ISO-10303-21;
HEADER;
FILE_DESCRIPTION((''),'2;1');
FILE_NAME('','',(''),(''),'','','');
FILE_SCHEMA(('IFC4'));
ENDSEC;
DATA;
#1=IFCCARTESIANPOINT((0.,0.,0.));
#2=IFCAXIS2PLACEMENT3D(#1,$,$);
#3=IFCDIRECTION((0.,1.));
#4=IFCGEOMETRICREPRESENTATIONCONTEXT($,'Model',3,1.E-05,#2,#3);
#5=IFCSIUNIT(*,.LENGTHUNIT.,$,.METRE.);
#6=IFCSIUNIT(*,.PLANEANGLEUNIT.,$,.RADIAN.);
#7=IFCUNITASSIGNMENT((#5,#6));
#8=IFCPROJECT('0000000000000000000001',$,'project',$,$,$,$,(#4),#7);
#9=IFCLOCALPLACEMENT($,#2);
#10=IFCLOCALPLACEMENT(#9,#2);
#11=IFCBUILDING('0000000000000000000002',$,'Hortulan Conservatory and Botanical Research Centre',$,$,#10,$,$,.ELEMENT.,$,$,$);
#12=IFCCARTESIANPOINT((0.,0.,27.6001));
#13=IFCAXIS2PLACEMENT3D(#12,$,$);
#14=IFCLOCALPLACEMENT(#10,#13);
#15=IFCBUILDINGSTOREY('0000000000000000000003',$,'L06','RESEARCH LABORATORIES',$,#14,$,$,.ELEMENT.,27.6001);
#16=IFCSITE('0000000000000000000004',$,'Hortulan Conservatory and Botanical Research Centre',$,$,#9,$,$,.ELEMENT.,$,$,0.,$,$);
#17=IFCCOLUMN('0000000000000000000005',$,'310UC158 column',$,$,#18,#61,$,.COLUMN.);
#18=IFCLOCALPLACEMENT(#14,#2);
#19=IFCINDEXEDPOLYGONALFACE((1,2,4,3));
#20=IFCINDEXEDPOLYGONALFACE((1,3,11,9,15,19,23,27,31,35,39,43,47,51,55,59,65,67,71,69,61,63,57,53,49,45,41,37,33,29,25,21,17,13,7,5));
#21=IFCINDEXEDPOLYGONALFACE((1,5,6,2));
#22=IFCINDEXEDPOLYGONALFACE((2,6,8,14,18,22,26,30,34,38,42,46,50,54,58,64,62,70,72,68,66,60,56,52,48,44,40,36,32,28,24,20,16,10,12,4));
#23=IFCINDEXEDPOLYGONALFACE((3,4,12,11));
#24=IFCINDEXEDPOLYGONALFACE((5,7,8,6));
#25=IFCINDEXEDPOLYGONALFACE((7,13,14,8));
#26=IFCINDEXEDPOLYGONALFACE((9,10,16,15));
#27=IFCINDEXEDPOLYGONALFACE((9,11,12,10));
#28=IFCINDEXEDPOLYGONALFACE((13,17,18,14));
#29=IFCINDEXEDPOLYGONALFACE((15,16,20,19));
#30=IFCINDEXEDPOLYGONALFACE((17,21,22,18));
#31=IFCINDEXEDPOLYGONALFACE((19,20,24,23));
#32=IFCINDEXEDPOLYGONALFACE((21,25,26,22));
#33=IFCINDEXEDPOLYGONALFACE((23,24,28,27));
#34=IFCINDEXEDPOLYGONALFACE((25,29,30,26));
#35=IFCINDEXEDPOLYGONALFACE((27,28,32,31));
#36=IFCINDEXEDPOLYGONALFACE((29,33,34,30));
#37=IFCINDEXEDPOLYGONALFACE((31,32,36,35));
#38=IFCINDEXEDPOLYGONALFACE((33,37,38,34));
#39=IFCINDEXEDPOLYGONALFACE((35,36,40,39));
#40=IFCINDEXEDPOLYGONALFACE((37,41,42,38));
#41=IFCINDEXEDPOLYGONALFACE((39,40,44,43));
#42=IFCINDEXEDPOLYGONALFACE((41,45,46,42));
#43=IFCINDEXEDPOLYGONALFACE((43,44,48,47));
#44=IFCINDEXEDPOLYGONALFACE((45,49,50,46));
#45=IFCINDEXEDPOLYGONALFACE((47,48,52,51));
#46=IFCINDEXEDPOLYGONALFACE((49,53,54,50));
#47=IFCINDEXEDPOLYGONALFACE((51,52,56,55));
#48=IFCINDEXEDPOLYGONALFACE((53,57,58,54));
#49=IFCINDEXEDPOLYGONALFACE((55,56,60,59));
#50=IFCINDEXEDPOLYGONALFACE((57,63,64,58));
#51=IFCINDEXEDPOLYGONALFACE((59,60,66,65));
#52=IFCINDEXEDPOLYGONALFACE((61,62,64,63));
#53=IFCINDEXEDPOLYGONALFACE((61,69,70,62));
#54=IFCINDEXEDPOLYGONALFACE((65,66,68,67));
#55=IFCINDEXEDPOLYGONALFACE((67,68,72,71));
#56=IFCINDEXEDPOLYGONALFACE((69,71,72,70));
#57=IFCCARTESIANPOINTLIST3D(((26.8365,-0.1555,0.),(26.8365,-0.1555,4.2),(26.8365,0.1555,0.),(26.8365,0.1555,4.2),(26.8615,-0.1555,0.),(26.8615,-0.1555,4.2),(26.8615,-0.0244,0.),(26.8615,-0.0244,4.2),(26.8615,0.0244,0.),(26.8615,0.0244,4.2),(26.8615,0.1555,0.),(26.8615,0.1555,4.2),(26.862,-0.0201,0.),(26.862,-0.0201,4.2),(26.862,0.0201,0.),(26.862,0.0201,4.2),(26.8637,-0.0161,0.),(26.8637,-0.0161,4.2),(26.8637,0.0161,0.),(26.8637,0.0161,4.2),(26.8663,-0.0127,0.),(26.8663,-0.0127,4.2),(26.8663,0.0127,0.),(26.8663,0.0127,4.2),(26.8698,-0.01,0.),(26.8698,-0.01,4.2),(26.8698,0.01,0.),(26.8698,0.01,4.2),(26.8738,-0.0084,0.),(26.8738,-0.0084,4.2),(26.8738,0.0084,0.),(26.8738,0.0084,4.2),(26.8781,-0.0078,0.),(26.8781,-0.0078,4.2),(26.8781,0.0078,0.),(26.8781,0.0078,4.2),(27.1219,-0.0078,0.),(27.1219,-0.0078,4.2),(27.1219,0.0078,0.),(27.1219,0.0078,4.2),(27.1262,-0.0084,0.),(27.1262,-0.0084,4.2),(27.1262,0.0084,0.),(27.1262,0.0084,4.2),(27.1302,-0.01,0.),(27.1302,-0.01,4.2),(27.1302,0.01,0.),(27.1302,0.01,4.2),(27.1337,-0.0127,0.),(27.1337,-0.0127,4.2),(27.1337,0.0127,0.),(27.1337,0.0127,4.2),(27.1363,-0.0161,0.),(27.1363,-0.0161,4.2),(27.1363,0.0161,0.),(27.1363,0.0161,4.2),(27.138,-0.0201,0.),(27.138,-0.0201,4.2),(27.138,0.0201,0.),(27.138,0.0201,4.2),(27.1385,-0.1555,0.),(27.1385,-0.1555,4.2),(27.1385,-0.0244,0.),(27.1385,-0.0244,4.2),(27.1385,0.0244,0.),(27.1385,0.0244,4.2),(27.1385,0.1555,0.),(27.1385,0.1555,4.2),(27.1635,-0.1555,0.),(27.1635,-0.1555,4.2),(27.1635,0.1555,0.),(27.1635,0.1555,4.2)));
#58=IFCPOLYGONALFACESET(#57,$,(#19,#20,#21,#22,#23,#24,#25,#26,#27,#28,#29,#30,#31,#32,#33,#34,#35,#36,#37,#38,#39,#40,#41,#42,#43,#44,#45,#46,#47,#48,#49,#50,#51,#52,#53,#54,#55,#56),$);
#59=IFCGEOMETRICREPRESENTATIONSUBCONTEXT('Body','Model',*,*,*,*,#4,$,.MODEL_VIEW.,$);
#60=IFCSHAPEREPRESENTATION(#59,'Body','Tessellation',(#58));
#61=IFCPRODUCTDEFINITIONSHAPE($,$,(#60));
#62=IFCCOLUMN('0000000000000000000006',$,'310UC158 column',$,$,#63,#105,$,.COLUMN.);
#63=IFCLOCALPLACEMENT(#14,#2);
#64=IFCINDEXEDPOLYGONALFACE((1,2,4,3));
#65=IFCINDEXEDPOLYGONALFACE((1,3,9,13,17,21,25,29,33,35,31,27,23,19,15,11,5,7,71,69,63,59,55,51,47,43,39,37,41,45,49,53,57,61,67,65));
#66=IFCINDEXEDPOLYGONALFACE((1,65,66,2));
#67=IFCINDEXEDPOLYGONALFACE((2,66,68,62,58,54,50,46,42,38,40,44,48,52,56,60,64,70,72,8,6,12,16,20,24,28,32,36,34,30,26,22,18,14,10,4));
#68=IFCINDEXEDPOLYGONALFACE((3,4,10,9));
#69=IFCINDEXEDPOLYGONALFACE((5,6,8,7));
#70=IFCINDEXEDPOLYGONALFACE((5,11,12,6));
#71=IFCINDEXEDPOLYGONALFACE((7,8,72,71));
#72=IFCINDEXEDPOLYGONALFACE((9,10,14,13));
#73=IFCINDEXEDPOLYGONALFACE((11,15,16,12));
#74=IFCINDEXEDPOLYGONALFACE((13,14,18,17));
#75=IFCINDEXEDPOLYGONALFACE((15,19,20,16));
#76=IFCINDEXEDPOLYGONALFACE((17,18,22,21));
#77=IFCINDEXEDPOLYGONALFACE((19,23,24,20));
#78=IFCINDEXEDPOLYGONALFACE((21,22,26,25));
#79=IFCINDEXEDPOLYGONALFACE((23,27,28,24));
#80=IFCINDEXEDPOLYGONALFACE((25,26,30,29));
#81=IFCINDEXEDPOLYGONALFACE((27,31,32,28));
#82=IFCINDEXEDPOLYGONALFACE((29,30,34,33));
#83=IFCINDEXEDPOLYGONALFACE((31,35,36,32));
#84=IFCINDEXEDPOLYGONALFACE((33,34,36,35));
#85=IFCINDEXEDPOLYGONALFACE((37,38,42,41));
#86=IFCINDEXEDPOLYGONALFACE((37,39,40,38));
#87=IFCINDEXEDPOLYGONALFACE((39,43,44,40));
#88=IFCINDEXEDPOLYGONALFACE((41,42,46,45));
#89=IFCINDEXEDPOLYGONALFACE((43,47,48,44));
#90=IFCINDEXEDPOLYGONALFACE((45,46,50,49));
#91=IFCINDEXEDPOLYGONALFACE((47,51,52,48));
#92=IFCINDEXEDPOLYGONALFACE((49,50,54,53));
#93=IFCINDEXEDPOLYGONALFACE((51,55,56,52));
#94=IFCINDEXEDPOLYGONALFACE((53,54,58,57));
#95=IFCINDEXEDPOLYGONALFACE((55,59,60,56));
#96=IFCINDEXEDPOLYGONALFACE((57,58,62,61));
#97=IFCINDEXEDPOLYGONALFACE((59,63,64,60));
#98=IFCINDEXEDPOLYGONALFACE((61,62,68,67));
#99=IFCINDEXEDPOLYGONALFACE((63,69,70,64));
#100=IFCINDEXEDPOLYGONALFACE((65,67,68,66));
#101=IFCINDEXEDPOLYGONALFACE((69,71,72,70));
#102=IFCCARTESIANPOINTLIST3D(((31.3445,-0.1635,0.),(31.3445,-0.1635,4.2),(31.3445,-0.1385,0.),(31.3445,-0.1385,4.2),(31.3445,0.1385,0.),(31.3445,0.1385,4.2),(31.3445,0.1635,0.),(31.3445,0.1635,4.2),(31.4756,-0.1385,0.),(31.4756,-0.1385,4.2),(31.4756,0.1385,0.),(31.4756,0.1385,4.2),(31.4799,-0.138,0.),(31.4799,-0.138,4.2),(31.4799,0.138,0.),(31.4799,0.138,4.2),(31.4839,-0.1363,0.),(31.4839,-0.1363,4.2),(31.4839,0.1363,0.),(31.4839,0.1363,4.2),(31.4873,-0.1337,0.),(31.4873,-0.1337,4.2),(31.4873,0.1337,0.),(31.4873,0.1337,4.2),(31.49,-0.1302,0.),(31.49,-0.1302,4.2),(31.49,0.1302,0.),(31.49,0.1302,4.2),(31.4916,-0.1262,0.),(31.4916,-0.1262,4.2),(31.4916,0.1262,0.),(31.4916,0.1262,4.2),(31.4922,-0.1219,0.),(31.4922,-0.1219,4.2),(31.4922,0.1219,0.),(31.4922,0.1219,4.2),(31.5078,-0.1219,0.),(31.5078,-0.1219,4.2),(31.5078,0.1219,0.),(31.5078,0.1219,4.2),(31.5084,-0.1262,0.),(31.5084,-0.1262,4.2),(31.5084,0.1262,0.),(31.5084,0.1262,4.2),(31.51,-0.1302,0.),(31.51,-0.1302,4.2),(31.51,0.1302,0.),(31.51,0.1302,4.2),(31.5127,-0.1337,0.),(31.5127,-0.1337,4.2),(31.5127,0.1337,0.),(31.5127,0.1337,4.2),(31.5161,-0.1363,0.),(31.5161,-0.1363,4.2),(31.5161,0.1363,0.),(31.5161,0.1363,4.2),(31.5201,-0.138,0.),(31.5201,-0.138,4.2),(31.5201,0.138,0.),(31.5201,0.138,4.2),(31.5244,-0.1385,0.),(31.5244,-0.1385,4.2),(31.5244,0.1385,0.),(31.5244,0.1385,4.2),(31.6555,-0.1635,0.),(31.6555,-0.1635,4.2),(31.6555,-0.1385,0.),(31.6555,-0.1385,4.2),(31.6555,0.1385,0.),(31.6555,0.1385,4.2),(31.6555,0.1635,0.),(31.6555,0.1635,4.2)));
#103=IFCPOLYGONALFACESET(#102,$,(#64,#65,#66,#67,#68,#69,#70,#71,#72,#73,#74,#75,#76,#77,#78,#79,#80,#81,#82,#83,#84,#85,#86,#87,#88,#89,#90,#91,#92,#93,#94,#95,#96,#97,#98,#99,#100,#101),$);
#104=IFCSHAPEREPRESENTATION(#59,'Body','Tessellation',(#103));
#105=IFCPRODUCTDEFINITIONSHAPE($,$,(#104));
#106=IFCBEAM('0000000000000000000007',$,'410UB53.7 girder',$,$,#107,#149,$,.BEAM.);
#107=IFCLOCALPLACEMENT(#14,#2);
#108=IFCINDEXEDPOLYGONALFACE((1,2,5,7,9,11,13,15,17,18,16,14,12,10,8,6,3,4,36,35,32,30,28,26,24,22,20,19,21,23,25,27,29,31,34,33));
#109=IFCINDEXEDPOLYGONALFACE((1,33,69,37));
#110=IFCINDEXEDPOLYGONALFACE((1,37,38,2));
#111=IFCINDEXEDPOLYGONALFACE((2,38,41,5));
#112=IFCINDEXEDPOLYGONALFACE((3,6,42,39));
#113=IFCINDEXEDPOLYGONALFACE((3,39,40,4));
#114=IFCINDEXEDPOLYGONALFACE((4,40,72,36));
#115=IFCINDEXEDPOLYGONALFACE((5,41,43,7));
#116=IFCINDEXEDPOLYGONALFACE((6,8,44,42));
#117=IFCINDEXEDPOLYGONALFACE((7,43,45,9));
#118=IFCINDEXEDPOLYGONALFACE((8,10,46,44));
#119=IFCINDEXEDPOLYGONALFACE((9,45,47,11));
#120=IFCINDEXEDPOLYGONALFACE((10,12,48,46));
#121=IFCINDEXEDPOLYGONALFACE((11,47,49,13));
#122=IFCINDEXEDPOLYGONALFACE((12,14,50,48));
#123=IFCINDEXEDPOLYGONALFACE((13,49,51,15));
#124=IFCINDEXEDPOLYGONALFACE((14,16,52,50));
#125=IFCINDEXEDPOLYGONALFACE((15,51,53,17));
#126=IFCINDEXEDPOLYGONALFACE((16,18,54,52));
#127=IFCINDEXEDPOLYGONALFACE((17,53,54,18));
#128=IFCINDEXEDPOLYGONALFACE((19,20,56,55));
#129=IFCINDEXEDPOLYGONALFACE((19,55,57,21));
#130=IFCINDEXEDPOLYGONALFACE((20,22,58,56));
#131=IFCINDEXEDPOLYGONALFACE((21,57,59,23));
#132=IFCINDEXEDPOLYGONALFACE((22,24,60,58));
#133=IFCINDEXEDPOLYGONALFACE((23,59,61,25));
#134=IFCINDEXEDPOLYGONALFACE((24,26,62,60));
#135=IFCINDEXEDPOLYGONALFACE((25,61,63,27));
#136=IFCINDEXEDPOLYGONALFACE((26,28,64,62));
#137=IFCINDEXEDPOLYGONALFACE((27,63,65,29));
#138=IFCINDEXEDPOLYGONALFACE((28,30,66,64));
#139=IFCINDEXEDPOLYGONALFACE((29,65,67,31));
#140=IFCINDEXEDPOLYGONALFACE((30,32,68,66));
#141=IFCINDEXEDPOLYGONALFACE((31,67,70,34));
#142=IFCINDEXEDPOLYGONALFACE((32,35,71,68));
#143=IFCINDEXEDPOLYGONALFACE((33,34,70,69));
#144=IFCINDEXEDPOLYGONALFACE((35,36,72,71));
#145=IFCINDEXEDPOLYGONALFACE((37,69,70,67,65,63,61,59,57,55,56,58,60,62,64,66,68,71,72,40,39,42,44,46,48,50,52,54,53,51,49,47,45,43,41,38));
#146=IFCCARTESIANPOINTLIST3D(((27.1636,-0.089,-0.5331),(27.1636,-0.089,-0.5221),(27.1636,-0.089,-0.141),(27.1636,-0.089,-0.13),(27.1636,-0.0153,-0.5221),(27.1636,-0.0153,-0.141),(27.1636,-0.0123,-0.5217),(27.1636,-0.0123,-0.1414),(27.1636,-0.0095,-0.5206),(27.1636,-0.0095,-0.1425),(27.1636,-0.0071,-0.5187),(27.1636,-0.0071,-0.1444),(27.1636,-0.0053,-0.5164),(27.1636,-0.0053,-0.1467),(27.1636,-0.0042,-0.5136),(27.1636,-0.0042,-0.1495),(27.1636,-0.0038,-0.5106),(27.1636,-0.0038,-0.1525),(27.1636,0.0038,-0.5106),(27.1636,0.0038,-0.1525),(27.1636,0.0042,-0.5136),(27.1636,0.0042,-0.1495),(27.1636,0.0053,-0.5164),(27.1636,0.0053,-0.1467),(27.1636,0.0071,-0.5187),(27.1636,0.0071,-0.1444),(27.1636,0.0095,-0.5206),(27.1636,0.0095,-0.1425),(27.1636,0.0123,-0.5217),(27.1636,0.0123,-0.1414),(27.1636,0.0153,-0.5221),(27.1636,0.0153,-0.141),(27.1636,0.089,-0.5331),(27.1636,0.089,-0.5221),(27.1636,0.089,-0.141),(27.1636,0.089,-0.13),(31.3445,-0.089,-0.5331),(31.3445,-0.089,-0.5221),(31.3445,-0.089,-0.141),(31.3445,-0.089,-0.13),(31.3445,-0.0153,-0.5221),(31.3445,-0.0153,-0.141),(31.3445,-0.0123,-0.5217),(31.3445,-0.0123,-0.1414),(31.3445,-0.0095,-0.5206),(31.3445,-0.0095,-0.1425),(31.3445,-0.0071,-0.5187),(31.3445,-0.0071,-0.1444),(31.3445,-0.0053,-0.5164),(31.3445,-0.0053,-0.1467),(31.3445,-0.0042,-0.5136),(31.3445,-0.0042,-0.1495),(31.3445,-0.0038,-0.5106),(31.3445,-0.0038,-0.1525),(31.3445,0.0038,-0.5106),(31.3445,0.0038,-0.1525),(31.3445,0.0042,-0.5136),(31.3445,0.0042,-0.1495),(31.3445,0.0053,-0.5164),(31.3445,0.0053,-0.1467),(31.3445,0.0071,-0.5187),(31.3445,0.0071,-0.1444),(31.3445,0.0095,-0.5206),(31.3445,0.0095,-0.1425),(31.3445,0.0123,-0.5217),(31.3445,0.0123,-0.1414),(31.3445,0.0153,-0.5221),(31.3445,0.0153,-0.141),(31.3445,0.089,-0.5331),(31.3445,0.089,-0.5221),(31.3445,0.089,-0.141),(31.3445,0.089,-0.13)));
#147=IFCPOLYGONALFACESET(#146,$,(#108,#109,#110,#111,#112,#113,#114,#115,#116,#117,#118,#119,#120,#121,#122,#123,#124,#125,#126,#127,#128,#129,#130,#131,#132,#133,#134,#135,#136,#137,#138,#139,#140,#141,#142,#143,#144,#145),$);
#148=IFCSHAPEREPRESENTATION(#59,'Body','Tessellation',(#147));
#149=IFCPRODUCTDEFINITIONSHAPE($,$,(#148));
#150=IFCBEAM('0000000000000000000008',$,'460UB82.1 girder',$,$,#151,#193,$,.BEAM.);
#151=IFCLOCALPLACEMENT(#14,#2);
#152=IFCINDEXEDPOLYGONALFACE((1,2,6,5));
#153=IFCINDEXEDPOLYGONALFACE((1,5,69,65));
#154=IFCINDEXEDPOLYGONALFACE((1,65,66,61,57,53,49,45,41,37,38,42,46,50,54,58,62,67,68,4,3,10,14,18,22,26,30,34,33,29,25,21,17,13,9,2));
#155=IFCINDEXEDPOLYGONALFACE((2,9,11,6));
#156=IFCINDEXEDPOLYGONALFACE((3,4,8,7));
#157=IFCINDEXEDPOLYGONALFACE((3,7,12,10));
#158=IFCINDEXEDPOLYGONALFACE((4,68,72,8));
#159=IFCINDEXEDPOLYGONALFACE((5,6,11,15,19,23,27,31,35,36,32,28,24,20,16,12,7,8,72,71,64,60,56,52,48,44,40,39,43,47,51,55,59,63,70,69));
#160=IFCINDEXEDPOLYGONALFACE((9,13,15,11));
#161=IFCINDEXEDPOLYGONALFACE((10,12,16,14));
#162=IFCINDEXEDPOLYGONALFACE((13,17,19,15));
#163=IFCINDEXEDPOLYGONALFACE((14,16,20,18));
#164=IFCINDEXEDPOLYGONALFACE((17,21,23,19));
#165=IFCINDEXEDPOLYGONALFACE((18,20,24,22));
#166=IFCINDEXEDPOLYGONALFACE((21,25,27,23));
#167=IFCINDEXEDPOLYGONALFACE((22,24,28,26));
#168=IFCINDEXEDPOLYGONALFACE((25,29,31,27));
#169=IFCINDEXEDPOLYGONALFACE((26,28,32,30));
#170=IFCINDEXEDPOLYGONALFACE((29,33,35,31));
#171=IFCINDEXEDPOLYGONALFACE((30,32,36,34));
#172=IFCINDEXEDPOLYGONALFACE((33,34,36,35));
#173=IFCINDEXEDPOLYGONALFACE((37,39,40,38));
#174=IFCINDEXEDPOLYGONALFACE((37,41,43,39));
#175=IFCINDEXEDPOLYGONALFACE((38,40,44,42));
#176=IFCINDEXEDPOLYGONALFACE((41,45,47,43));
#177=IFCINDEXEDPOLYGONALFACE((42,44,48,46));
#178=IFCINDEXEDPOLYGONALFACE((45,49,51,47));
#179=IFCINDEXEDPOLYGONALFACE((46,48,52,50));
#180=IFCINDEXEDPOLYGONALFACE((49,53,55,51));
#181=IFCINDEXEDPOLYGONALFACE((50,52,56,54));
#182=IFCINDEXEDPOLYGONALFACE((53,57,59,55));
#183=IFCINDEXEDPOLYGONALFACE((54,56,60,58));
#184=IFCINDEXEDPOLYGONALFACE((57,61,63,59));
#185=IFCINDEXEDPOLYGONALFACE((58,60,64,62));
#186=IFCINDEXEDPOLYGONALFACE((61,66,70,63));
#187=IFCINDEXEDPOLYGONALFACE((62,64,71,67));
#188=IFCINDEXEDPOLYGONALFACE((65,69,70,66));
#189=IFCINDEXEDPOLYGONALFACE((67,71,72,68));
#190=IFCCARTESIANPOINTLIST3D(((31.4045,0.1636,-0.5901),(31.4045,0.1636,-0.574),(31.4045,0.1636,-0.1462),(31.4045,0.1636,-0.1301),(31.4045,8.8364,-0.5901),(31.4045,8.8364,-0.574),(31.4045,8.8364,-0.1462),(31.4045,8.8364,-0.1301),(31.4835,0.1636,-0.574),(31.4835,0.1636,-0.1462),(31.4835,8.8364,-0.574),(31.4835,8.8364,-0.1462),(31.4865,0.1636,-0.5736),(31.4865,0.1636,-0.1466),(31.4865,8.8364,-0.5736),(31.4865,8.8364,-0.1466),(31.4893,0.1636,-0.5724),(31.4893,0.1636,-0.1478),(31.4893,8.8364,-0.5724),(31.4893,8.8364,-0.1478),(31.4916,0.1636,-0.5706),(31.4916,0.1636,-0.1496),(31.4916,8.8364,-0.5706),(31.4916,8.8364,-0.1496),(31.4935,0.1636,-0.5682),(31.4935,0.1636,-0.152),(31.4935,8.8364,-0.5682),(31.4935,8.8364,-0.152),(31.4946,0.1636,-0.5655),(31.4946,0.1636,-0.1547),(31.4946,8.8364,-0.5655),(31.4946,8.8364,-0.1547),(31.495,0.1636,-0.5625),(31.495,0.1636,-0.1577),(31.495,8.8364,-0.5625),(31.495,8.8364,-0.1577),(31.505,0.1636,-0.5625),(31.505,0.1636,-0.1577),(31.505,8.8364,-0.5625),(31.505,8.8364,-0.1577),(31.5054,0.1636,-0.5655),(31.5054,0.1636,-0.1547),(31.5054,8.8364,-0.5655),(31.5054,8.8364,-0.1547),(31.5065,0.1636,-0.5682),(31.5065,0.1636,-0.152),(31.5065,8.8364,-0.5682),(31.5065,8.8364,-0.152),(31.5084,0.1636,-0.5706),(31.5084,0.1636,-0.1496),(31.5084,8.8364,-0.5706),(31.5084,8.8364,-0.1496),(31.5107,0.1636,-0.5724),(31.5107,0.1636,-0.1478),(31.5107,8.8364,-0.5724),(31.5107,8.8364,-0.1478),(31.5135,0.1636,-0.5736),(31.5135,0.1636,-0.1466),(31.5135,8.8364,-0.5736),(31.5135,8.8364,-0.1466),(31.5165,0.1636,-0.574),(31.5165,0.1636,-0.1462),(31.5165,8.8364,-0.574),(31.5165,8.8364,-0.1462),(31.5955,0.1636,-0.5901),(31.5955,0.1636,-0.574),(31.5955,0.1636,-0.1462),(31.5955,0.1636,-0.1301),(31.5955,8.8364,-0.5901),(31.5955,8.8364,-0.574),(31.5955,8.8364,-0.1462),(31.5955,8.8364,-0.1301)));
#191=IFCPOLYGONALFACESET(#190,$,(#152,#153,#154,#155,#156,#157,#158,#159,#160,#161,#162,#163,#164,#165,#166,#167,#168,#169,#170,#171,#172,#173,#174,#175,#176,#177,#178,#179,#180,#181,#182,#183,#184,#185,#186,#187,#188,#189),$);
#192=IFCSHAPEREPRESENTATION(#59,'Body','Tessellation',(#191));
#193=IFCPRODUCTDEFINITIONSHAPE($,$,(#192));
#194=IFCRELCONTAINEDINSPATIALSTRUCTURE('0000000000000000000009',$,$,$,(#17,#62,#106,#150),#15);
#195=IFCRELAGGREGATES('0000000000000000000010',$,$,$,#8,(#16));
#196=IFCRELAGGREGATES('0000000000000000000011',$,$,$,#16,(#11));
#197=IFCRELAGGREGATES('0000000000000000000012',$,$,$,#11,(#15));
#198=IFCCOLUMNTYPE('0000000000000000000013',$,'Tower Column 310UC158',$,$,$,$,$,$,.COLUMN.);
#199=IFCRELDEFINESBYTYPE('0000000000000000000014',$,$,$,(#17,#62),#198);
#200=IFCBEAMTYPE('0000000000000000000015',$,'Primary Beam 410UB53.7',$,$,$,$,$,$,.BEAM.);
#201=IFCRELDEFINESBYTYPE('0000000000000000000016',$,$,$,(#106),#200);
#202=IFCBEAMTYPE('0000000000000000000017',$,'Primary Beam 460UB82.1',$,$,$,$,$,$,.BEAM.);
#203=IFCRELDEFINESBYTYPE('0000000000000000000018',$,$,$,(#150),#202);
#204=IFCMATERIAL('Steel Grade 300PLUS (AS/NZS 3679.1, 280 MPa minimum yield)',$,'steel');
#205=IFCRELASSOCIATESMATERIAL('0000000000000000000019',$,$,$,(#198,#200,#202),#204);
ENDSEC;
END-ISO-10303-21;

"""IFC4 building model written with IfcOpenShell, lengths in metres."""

from ifc_helpers import new_model, si_unit, direction, frame, origin, origin_2d, place, context, subcontext, project, spatial, i_section, extrude, material, material_profile, profile_set, type_object, element, save


model = new_model("IFC4")

# Units and contexts
model_context = context("Model", 3, precision=1e-05, world=origin(), true_north=direction((0.0, 1.0)))
body_context = subcontext(model_context, "Body", "Model", "MODEL_VIEW")
ifc_project = project(units=[si_unit("LENGTHUNIT", "METRE"), si_unit("PLANEANGLEUNIT", "RADIAN")], contexts=[model_context])

# Site, building, storey
site_placement = place(None, origin())
site = spatial("IfcSite", under=ifc_project, at=site_placement, Name="Hortulan Conservatory and Botanical Research Centre", CompositionType="ELEMENT", RefElevation=0.0)
building_placement = place(site_placement, origin())
building = spatial("IfcBuilding", under=site, at=building_placement, Name="Hortulan Conservatory and Botanical Research Centre", CompositionType="ELEMENT")
storey_placement = place(building_placement, frame((0.0, 0.0, 27.6001)))
storey = spatial("IfcBuildingStorey", under=building, at=storey_placement, Name="L06", Description="RESEARCH LABORATORIES", CompositionType="ELEMENT", Elevation=27.6001)

# Columns
ifc_material_1 = material(Name="Steel Grade 300PLUS (AS/NZS 3679.1, 280 MPa minimum yield)", Category="steel")
ifc_material_profile_1 = material_profile(ifc_material_1, i_section(OverallWidth=0.311, OverallDepth=0.3269, WebThickness=0.0156, FlangeThickness=0.0249, FilletRadius=0.0166, at=origin_2d()), Name="310UC158")
ifc_profile_set_1 = profile_set([ifc_material_profile_1], Name="Steel Grade 300PLUS (AS/NZS 3679.1, 280 MPa minimum yield)")
column_type = type_object("IfcColumnType", Name="Tower Column 310UC158", PredefinedType="COLUMN", material=ifc_profile_set_1)
for number, where, z_axis, x_axis, name in (
    (1, (27.0, 0.0, 0.0), (0.0, 0.0, 1.0), (0.0, 1.0, 0.0), "310UC158 column"),
    (2, (31.5, 0.0, 0.0), (0.0, 0.0, 1.0), (1.0, 0.0, 0.0), "310UC158 column"),
):
    element("IfcColumn", number, at=place(storey_placement, frame(where, z_axis=z_axis, x_axis=x_axis)), inside=storey, type_object=column_type, Name=name, PredefinedType="COLUMN", context=body_context, shape_type="SweptSolid", body=[
        extrude(i_section(OverallWidth=0.311, OverallDepth=0.3269, WebThickness=0.0156, FlangeThickness=0.0249, FilletRadius=0.0166, at=origin_2d()), origin(), (0.0, 0.0, 1.0), 4.2),
    ])

# Beams
ifc_material_profile_2 = material_profile(ifc_material_1, i_section(OverallWidth=0.178, OverallDepth=0.4031, WebThickness=0.0076, FlangeThickness=0.011, FilletRadius=0.0115, at=origin_2d()), Name="410UB53.7")
ifc_profile_set_2 = profile_set([ifc_material_profile_2], Name="Steel Grade 300PLUS (AS/NZS 3679.1, 280 MPa minimum yield)")
beam_type_1 = type_object("IfcBeamType", Name="Primary Beam 410UB53.7", PredefinedType="BEAM", material=ifc_profile_set_2)
beam_1_placement = place(storey_placement, frame((27.1636, 0.0, -0.3315), z_axis=(1.0, 0.0, 0.0), x_axis=(0.0, 1.0, 0.0)))
element("IfcBeam", 3, at=beam_1_placement, inside=storey, type_object=beam_type_1, Name="410UB53.7 girder", PredefinedType="BEAM", context=body_context, shape_type="SweptSolid", body=[
    extrude(i_section(OverallWidth=0.178, OverallDepth=0.4031, WebThickness=0.0076, FlangeThickness=0.011, FilletRadius=0.0115, at=origin_2d()), origin(), (0.0, 0.0, 1.0), 4.1809),
])
ifc_material_profile_3 = material_profile(ifc_material_1, i_section(OverallWidth=0.1909, OverallDepth=0.46, WebThickness=0.01, FlangeThickness=0.0161, FilletRadius=0.0115, at=origin_2d()), Name="460UB82.1")
ifc_profile_set_3 = profile_set([ifc_material_profile_3], Name="Steel Grade 300PLUS (AS/NZS 3679.1, 280 MPa minimum yield)")
beam_type_2 = type_object("IfcBeamType", Name="Primary Beam 460UB82.1", PredefinedType="BEAM", material=ifc_profile_set_3)
beam_2_placement = place(storey_placement, frame((31.5, 0.1636, -0.3601), z_axis=(0.0, 1.0, 0.0), x_axis=(-1.0, 0.0, 0.0)))
element("IfcBeam", 4, at=beam_2_placement, inside=storey, type_object=beam_type_2, Name="460UB82.1 girder", PredefinedType="BEAM", context=body_context, shape_type="SweptSolid", body=[
    extrude(i_section(OverallWidth=0.1909, OverallDepth=0.46, WebThickness=0.01, FlangeThickness=0.0161, FilletRadius=0.0115, at=origin_2d()), origin(), (0.0, 0.0, 1.0), 8.6729),
])

save(model, "model.ifc")
